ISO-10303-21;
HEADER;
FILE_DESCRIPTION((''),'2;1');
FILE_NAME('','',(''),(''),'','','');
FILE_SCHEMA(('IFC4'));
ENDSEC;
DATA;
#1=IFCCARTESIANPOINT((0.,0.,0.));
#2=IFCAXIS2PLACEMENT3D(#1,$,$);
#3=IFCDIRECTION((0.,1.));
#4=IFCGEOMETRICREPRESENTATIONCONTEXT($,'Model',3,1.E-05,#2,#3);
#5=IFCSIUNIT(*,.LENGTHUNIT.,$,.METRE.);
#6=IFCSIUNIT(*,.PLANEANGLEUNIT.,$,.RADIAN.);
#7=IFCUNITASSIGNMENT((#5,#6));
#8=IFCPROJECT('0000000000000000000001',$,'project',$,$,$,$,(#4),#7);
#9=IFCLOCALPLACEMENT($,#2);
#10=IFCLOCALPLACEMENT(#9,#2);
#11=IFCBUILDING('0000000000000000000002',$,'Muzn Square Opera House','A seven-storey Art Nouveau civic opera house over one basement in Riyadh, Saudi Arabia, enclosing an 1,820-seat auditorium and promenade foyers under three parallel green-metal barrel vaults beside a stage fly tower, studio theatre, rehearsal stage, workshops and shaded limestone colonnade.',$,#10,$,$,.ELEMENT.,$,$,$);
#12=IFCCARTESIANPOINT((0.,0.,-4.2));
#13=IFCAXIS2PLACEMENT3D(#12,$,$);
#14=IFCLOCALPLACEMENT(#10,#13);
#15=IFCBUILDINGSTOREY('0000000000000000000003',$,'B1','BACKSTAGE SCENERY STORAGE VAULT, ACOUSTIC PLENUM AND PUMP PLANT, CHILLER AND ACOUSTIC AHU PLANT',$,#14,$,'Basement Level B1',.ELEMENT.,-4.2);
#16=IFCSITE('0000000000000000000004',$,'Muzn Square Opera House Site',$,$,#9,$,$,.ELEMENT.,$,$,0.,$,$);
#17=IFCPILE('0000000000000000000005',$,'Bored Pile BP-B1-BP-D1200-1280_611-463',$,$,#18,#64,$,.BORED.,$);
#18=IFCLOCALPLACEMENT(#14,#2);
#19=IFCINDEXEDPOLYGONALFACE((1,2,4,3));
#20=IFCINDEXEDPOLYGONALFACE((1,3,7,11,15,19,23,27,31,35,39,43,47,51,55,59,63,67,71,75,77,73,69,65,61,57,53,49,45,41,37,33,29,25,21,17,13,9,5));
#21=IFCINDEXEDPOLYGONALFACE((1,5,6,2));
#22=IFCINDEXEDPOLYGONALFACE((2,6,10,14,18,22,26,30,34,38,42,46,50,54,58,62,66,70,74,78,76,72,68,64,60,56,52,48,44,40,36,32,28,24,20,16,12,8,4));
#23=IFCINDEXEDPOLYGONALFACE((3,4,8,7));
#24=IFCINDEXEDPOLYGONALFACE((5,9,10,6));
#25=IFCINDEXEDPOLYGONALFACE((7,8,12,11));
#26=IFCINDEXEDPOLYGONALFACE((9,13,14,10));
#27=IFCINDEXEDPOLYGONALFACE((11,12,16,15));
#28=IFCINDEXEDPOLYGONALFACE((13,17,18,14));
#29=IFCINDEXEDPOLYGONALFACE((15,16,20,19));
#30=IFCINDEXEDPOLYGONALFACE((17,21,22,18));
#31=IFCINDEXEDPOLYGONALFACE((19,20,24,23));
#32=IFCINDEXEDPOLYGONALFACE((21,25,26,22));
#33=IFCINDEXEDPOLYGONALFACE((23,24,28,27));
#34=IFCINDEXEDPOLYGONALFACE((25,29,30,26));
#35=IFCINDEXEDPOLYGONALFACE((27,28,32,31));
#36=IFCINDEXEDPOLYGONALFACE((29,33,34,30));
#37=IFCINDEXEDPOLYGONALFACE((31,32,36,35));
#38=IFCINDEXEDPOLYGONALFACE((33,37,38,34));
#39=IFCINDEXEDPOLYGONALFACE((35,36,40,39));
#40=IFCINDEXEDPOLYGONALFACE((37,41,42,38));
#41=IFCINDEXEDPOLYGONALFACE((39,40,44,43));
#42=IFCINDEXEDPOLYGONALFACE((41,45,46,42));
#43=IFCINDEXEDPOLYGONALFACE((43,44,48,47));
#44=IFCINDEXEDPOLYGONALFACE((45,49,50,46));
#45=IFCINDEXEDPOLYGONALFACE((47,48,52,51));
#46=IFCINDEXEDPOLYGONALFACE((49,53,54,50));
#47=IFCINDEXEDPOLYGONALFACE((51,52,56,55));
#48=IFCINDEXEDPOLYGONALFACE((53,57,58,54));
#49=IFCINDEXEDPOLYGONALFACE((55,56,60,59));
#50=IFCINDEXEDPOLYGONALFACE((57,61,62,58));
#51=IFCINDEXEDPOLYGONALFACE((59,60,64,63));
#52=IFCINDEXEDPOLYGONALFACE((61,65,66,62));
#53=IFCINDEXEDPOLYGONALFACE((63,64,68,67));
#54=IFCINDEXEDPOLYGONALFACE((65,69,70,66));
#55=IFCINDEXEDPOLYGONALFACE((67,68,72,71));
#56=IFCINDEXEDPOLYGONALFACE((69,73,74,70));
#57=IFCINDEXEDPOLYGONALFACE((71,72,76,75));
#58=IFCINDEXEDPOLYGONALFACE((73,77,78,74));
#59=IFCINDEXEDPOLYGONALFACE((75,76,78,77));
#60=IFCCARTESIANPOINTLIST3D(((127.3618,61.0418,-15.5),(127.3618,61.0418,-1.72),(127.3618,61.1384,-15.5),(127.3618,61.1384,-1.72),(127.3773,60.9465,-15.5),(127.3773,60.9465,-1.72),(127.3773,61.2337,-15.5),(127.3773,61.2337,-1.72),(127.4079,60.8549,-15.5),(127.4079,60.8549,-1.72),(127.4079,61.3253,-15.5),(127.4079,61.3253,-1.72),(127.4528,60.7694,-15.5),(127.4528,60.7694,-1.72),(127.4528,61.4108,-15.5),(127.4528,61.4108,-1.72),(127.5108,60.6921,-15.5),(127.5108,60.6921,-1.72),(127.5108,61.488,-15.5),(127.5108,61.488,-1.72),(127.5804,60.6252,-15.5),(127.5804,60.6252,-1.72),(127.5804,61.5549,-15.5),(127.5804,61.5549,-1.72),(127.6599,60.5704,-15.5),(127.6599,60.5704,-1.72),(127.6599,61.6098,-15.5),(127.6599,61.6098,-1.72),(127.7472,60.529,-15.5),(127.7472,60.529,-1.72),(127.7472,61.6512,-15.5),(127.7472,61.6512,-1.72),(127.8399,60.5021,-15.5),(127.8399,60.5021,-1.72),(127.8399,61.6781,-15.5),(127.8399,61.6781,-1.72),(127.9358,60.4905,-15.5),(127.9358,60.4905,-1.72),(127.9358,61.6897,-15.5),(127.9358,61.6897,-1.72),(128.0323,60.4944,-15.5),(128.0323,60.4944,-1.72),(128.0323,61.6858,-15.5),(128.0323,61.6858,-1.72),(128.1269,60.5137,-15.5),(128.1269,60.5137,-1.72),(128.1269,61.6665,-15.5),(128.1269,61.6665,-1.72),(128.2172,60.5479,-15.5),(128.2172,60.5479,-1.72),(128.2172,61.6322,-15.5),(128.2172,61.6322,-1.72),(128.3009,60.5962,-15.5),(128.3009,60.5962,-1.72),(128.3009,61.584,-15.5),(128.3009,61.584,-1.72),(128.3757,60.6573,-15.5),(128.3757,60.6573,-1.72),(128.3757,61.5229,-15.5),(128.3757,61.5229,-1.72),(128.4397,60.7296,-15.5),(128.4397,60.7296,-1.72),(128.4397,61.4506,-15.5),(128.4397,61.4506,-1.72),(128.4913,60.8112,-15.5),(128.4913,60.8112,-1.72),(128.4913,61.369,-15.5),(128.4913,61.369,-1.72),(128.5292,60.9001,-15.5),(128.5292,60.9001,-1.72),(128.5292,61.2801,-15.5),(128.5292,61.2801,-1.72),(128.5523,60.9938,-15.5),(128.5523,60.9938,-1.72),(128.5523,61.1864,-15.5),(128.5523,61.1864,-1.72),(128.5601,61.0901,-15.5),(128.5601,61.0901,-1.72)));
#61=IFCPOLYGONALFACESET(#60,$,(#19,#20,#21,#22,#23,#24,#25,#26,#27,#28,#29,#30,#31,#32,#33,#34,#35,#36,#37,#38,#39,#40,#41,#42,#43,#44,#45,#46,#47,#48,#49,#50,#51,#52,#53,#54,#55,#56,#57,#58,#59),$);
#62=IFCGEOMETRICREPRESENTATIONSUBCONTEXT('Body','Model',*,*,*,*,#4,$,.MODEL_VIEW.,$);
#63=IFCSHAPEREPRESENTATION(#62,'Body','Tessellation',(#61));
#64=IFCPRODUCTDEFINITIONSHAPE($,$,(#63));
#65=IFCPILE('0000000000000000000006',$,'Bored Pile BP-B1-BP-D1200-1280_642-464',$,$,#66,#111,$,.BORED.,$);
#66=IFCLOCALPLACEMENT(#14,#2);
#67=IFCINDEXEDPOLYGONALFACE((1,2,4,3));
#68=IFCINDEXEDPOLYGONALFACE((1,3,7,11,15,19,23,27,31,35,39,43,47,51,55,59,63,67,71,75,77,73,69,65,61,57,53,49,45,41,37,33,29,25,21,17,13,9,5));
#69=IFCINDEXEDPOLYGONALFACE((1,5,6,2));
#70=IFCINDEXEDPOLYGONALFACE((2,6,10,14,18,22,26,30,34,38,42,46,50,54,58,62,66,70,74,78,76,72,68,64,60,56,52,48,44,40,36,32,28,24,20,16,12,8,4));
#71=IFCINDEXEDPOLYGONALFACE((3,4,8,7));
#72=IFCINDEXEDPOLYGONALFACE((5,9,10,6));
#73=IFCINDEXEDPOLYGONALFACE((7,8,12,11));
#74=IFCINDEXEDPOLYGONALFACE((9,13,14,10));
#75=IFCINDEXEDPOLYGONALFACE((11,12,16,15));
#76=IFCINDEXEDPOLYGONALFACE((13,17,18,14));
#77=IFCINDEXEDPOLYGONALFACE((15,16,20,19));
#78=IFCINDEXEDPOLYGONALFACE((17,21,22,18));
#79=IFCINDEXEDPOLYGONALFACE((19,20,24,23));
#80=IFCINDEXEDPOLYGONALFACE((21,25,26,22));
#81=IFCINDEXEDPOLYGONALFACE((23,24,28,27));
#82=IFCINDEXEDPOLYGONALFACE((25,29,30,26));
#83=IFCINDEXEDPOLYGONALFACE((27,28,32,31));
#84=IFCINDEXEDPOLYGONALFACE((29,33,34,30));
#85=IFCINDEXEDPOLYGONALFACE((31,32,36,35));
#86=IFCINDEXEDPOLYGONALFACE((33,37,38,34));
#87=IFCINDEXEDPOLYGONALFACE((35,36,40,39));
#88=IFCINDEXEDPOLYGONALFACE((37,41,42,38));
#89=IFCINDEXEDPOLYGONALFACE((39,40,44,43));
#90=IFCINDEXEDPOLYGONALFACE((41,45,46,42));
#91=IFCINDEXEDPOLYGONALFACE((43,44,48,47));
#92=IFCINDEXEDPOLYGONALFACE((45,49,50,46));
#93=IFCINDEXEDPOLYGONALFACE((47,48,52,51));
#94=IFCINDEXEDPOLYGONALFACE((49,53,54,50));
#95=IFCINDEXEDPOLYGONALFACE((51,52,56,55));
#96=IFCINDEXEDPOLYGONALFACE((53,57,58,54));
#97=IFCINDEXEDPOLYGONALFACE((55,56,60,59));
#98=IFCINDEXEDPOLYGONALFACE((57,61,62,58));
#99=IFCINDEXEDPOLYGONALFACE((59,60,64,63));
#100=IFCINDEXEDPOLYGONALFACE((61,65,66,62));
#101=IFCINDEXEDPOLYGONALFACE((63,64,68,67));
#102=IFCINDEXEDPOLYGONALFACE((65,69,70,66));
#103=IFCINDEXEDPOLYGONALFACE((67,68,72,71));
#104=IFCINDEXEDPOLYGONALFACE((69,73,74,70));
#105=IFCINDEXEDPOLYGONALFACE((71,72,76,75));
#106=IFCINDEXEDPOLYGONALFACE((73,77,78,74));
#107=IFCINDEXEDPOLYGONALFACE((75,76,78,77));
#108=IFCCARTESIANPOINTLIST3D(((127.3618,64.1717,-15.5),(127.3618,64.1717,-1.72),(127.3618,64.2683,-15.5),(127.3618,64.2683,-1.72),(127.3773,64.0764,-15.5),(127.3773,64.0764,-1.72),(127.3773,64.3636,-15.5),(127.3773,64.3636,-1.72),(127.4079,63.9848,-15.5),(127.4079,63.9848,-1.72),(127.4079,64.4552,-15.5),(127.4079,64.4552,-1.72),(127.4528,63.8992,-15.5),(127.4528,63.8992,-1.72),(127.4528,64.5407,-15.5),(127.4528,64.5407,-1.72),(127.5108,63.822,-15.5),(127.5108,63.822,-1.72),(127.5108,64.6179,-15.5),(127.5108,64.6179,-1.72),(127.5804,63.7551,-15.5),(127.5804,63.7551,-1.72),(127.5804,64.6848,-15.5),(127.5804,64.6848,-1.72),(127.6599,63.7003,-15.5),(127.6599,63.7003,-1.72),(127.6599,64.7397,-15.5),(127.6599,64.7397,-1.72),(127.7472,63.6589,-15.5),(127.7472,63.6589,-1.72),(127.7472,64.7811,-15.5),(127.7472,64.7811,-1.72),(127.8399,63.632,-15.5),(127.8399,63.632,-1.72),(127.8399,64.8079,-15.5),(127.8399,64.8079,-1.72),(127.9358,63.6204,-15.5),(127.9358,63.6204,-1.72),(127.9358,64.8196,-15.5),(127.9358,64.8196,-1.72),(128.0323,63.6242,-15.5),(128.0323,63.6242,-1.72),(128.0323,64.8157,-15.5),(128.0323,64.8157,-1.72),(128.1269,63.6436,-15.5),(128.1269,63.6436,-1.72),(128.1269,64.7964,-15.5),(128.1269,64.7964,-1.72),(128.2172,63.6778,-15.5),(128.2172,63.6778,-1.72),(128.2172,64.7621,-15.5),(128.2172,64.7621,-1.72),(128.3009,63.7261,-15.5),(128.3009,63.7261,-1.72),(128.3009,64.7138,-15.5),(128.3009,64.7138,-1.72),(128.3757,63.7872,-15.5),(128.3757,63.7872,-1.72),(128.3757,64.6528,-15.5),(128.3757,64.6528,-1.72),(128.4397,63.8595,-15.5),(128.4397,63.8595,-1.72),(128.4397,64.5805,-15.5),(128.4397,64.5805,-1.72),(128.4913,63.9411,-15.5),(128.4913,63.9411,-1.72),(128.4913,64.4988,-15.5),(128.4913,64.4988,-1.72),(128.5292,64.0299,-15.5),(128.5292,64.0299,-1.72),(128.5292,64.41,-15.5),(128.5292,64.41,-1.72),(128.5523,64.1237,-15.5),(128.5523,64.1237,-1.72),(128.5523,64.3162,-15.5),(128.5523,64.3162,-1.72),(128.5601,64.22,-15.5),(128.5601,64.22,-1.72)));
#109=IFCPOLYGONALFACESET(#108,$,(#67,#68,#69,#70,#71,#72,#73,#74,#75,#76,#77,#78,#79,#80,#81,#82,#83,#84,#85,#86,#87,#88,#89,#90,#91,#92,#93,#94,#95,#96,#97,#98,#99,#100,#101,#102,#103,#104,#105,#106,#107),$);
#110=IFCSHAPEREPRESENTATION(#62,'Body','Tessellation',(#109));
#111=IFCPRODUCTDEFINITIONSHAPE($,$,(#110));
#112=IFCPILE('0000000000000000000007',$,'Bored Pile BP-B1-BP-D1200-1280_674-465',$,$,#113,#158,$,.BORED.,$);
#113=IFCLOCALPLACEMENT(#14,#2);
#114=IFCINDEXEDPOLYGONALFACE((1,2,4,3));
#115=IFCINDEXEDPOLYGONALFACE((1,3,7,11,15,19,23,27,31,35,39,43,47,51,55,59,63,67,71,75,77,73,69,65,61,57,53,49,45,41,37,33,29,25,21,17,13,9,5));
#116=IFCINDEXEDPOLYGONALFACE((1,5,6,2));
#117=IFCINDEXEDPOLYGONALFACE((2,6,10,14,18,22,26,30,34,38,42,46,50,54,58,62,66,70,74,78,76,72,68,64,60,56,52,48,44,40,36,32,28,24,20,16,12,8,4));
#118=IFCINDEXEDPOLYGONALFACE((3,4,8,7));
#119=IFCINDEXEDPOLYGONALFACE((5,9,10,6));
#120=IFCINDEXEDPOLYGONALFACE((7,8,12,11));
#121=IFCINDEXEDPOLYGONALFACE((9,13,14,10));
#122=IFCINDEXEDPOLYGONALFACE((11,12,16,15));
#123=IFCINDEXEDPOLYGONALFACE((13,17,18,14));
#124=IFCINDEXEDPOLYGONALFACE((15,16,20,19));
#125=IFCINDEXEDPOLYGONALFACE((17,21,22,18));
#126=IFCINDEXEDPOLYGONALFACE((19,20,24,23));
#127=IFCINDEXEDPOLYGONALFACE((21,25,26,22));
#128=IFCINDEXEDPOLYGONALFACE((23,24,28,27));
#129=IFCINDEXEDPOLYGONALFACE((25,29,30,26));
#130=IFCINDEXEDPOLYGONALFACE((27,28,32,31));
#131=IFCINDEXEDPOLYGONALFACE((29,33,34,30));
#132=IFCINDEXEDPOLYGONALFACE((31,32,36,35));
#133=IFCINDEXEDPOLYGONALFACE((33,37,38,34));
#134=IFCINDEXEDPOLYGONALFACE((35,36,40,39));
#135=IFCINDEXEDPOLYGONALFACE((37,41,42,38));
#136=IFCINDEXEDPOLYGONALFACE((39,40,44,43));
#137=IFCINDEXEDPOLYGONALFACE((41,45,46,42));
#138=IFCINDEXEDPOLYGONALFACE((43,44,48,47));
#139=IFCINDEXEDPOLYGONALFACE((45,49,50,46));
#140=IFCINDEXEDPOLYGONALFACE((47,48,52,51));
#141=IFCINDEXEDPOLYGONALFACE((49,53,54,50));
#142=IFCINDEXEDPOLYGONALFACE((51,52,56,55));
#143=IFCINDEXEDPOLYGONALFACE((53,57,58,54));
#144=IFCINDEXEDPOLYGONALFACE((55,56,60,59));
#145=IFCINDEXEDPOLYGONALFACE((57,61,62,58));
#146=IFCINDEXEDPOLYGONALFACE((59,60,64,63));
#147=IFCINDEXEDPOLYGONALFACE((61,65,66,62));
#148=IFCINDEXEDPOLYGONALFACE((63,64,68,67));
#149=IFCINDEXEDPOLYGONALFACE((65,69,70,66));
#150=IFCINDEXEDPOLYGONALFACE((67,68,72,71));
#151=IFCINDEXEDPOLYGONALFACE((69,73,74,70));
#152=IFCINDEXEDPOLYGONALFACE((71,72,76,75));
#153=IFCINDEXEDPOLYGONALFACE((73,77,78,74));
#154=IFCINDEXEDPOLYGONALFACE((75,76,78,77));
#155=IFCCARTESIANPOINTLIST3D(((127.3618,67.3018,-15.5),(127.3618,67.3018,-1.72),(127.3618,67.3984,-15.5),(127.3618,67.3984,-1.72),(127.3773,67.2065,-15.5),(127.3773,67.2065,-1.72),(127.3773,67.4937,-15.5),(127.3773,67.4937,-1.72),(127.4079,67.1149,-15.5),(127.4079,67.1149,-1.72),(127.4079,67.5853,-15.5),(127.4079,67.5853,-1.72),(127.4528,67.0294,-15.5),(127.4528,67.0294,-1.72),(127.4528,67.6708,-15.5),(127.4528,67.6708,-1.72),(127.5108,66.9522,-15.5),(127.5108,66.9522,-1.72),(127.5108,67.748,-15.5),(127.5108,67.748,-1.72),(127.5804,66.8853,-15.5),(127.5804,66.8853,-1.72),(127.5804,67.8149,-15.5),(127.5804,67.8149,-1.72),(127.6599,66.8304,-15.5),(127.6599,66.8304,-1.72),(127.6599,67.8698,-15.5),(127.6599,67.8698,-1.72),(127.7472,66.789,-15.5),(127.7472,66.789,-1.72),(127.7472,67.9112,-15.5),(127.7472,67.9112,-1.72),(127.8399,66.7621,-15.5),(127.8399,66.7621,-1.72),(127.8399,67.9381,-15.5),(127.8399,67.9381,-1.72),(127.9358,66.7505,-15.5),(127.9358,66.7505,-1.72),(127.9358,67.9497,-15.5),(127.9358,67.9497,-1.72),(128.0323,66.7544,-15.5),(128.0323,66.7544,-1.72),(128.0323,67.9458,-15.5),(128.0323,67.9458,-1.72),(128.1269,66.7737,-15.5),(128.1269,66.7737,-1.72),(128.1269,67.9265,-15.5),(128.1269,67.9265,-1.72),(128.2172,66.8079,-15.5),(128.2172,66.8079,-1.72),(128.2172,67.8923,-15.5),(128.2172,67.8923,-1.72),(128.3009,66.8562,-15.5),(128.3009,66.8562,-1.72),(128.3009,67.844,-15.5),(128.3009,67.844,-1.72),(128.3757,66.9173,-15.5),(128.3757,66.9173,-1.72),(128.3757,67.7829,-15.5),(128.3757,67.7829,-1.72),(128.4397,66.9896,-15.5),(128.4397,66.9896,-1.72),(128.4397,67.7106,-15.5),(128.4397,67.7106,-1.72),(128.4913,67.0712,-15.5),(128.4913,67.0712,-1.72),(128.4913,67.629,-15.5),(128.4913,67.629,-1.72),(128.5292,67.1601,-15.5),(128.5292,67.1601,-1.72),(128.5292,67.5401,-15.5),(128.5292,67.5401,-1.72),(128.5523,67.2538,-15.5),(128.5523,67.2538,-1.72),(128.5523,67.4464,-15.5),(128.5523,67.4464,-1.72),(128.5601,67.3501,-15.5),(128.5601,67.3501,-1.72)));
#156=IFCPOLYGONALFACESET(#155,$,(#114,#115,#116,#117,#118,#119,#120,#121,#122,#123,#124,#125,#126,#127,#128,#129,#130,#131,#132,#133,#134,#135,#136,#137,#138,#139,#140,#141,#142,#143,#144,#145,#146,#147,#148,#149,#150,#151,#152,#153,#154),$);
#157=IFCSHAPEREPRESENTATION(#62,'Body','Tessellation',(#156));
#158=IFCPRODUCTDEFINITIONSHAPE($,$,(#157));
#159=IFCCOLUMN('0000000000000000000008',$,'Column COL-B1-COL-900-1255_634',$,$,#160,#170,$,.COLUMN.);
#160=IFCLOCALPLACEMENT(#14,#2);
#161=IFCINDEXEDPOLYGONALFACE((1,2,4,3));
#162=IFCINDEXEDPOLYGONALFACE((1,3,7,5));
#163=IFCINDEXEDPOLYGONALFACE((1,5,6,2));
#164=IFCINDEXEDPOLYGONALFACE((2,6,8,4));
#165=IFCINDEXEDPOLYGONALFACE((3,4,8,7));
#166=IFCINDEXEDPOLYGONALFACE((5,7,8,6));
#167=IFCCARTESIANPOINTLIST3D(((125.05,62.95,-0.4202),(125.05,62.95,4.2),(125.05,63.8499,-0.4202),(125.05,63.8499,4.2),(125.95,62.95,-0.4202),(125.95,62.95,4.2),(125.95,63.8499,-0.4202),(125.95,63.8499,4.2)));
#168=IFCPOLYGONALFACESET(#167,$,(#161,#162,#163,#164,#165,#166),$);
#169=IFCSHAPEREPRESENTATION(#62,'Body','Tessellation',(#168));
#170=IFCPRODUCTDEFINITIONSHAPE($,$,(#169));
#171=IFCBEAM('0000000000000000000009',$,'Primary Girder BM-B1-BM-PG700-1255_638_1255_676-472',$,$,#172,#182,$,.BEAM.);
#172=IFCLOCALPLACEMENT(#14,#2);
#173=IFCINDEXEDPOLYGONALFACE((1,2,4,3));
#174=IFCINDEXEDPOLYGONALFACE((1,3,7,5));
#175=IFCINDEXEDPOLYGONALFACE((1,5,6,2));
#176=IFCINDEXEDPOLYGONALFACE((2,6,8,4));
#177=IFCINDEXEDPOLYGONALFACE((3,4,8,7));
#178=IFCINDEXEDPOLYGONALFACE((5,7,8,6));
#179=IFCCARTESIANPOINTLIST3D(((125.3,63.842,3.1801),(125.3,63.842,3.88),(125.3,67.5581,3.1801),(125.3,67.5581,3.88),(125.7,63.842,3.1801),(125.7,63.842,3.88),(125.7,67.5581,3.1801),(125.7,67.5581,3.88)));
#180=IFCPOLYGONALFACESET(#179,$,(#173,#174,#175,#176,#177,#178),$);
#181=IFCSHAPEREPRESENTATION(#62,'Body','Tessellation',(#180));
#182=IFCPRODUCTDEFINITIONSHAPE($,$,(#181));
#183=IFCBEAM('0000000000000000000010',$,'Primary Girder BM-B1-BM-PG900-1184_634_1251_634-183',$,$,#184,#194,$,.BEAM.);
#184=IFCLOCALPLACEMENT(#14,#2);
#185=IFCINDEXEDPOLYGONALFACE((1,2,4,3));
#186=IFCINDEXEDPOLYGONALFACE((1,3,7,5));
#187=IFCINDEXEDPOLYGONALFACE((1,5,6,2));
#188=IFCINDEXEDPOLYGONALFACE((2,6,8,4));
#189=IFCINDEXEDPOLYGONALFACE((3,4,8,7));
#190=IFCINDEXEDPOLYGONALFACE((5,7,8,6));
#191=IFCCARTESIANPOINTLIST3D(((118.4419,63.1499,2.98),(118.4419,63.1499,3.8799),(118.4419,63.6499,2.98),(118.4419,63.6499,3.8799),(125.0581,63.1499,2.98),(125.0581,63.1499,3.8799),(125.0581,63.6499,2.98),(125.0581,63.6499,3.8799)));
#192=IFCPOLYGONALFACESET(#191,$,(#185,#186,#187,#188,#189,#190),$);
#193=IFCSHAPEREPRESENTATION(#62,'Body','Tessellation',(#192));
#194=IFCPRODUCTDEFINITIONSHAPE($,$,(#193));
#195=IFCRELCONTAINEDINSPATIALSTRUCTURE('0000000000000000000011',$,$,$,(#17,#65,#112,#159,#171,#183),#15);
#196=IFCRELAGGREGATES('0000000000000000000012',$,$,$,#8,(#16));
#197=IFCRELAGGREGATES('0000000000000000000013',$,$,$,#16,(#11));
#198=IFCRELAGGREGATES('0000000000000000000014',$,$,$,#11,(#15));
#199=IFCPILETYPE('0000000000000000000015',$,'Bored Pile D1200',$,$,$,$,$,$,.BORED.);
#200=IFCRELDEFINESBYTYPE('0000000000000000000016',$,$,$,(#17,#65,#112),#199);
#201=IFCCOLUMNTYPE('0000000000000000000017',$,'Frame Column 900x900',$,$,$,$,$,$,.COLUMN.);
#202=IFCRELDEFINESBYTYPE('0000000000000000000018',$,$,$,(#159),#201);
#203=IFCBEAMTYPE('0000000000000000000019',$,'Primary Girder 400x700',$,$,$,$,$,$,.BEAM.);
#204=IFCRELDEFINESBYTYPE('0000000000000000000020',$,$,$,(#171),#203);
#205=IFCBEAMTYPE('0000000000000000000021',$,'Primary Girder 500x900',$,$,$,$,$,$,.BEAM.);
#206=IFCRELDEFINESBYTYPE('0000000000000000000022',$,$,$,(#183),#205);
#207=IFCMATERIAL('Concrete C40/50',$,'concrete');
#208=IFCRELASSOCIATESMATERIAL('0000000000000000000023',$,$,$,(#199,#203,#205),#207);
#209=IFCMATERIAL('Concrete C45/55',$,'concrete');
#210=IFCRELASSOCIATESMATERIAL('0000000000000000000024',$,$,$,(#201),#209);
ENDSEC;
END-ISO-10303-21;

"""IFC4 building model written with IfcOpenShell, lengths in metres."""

from ifc_helpers import new_model, si_unit, direction, frame, origin, origin_2d, place, context, subcontext, project, spatial, rectangle, circle, extrude, material, material_profile, profile_set, type_object, element, save


model = new_model("IFC4")

# Units and contexts
model_context = context("Model", 3, precision=1e-05, world=origin(), true_north=direction((0.0, 1.0)))
body_context = subcontext(model_context, "Body", "Model", "MODEL_VIEW")
ifc_project = project(units=[si_unit("LENGTHUNIT", "METRE"), si_unit("PLANEANGLEUNIT", "RADIAN")], contexts=[model_context])

# Site, building, storey
site_placement = place(None, origin())
site = spatial("IfcSite", under=ifc_project, at=site_placement, Name="Muzn Square Opera House Site", CompositionType="ELEMENT", RefElevation=0.0)
building_placement = place(site_placement, origin())
building = spatial("IfcBuilding", under=site, at=building_placement, Name="Muzn Square Opera House", Description="A seven-storey Art Nouveau civic opera house over one basement in Riyadh, Saudi Arabia, enclosing an 1,820-seat auditorium and promenade foyers under three parallel green-metal barrel vaults beside a stage fly tower, studio theatre, rehearsal stage, workshops and shaded limestone colonnade.", CompositionType="ELEMENT")
storey_placement = place(building_placement, frame((0.0, 0.0, -4.2)))
storey = spatial("IfcBuildingStorey", under=building, at=storey_placement, Name="B1", Description="BACKSTAGE SCENERY STORAGE VAULT, ACOUSTIC PLENUM AND PUMP PLANT, CHILLER AND ACOUSTIC AHU PLANT", LongName="Basement Level B1", CompositionType="ELEMENT", Elevation=-4.2)

# Piles
ifc_material_1 = material(Name="Concrete C40/50", Category="concrete")
ifc_material_profile_1 = material_profile(ifc_material_1, circle(Radius=0.6001, at=origin_2d()), Name="BORED PILE D1200", Category="concrete")
ifc_profile_set_1 = profile_set([ifc_material_profile_1], Name="Concrete C40/50")
pile_type = type_object("IfcPileType", Name="Bored Pile D1200", PredefinedType="BORED", material=ifc_profile_set_1)
for number, where, z_axis, x_axis, name in (
    (1, (127.96, 61.0901, -1.72), (0.0, 0.0, -1.0), (1.0, 0.0, 0.0), "Bored Pile BP-B1-BP-D1200-1280_611-463"),
    (2, (127.96, 64.22, -1.72), (0.0, 0.0, -1.0), (1.0, 0.0, 0.0), "Bored Pile BP-B1-BP-D1200-1280_642-464"),
    (3, (127.96, 67.3501, -1.72), (0.0, 0.0, -1.0), (1.0, 0.0, 0.0), "Bored Pile BP-B1-BP-D1200-1280_674-465"),
):
    element("IfcPile", number, at=place(storey_placement, frame(where, z_axis=z_axis, x_axis=x_axis)), inside=storey, type_object=pile_type, Name=name, PredefinedType="BORED", context=body_context, shape_type="SweptSolid", body=[
        extrude(circle(Radius=0.6001, at=origin_2d()), origin(), (0.0, 0.0, 1.0), 13.78),
    ])

# Column
ifc_material_2 = material(Name="Concrete C45/55", Category="concrete")
ifc_material_profile_2 = material_profile(ifc_material_2, rectangle(XDim=0.8999, YDim=0.8999, at=origin_2d()), Name="RC 900x900", Category="concrete")
ifc_profile_set_2 = profile_set([ifc_material_profile_2], Name="Concrete C45/55")
column_type = type_object("IfcColumnType", Name="Frame Column 900x900", PredefinedType="COLUMN", material=ifc_profile_set_2)
column_placement = place(storey_placement, frame((125.5, 63.3999, -0.4202), z_axis=(0.0, 0.0, 1.0), x_axis=(1.0, 0.0, 0.0)))
element("IfcColumn", 4, at=column_placement, inside=storey, type_object=column_type, Name="Column COL-B1-COL-900-1255_634", PredefinedType="COLUMN", context=body_context, shape_type="SweptSolid", body=[
    extrude(rectangle(XDim=0.8999, YDim=0.8999, at=origin_2d()), origin(), (0.0, 0.0, 1.0), 4.6201),
])

# Beams
ifc_material_profile_3 = material_profile(ifc_material_1, rectangle(XDim=0.3999, YDim=0.7, at=origin_2d()), Name="RCB 400x700", Category="concrete")
ifc_profile_set_3 = profile_set([ifc_material_profile_3], Name="Concrete C40/50")
beam_type_1 = type_object("IfcBeamType", Name="Primary Girder 400x700", PredefinedType="BEAM", material=ifc_profile_set_3)
beam_1_placement = place(storey_placement, frame((125.5, 63.842, 3.53), z_axis=(0.0, 1.0, 0.0), x_axis=(-1.0, 0.0, 0.0)))
element("IfcBeam", 5, at=beam_1_placement, inside=storey, type_object=beam_type_1, Name="Primary Girder BM-B1-BM-PG700-1255_638_1255_676-472", PredefinedType="BEAM", context=body_context, shape_type="SweptSolid", body=[
    extrude(rectangle(XDim=0.3999, YDim=0.7, at=origin_2d()), origin(), (0.0, 0.0, 1.0), 3.7161),
])
ifc_material_profile_4 = material_profile(ifc_material_1, rectangle(XDim=0.5, YDim=0.8999, at=origin_2d()), Name="RCB 500x900", Category="concrete")
ifc_profile_set_4 = profile_set([ifc_material_profile_4], Name="Concrete C40/50")
beam_type_2 = type_object("IfcBeamType", Name="Primary Girder 500x900", PredefinedType="BEAM", material=ifc_profile_set_4)
beam_2_placement = place(storey_placement, frame((118.4419, 63.3999, 3.4299), z_axis=(1.0, 0.0, 0.0), x_axis=(0.0, 1.0, 0.0)))
element("IfcBeam", 6, at=beam_2_placement, inside=storey, type_object=beam_type_2, Name="Primary Girder BM-B1-BM-PG900-1184_634_1251_634-183", PredefinedType="BEAM", context=body_context, shape_type="SweptSolid", body=[
    extrude(rectangle(XDim=0.5, YDim=0.8999, at=origin_2d()), origin(), (0.0, 0.0, 1.0), 6.6162),
])

save(model, "model.ifc")
